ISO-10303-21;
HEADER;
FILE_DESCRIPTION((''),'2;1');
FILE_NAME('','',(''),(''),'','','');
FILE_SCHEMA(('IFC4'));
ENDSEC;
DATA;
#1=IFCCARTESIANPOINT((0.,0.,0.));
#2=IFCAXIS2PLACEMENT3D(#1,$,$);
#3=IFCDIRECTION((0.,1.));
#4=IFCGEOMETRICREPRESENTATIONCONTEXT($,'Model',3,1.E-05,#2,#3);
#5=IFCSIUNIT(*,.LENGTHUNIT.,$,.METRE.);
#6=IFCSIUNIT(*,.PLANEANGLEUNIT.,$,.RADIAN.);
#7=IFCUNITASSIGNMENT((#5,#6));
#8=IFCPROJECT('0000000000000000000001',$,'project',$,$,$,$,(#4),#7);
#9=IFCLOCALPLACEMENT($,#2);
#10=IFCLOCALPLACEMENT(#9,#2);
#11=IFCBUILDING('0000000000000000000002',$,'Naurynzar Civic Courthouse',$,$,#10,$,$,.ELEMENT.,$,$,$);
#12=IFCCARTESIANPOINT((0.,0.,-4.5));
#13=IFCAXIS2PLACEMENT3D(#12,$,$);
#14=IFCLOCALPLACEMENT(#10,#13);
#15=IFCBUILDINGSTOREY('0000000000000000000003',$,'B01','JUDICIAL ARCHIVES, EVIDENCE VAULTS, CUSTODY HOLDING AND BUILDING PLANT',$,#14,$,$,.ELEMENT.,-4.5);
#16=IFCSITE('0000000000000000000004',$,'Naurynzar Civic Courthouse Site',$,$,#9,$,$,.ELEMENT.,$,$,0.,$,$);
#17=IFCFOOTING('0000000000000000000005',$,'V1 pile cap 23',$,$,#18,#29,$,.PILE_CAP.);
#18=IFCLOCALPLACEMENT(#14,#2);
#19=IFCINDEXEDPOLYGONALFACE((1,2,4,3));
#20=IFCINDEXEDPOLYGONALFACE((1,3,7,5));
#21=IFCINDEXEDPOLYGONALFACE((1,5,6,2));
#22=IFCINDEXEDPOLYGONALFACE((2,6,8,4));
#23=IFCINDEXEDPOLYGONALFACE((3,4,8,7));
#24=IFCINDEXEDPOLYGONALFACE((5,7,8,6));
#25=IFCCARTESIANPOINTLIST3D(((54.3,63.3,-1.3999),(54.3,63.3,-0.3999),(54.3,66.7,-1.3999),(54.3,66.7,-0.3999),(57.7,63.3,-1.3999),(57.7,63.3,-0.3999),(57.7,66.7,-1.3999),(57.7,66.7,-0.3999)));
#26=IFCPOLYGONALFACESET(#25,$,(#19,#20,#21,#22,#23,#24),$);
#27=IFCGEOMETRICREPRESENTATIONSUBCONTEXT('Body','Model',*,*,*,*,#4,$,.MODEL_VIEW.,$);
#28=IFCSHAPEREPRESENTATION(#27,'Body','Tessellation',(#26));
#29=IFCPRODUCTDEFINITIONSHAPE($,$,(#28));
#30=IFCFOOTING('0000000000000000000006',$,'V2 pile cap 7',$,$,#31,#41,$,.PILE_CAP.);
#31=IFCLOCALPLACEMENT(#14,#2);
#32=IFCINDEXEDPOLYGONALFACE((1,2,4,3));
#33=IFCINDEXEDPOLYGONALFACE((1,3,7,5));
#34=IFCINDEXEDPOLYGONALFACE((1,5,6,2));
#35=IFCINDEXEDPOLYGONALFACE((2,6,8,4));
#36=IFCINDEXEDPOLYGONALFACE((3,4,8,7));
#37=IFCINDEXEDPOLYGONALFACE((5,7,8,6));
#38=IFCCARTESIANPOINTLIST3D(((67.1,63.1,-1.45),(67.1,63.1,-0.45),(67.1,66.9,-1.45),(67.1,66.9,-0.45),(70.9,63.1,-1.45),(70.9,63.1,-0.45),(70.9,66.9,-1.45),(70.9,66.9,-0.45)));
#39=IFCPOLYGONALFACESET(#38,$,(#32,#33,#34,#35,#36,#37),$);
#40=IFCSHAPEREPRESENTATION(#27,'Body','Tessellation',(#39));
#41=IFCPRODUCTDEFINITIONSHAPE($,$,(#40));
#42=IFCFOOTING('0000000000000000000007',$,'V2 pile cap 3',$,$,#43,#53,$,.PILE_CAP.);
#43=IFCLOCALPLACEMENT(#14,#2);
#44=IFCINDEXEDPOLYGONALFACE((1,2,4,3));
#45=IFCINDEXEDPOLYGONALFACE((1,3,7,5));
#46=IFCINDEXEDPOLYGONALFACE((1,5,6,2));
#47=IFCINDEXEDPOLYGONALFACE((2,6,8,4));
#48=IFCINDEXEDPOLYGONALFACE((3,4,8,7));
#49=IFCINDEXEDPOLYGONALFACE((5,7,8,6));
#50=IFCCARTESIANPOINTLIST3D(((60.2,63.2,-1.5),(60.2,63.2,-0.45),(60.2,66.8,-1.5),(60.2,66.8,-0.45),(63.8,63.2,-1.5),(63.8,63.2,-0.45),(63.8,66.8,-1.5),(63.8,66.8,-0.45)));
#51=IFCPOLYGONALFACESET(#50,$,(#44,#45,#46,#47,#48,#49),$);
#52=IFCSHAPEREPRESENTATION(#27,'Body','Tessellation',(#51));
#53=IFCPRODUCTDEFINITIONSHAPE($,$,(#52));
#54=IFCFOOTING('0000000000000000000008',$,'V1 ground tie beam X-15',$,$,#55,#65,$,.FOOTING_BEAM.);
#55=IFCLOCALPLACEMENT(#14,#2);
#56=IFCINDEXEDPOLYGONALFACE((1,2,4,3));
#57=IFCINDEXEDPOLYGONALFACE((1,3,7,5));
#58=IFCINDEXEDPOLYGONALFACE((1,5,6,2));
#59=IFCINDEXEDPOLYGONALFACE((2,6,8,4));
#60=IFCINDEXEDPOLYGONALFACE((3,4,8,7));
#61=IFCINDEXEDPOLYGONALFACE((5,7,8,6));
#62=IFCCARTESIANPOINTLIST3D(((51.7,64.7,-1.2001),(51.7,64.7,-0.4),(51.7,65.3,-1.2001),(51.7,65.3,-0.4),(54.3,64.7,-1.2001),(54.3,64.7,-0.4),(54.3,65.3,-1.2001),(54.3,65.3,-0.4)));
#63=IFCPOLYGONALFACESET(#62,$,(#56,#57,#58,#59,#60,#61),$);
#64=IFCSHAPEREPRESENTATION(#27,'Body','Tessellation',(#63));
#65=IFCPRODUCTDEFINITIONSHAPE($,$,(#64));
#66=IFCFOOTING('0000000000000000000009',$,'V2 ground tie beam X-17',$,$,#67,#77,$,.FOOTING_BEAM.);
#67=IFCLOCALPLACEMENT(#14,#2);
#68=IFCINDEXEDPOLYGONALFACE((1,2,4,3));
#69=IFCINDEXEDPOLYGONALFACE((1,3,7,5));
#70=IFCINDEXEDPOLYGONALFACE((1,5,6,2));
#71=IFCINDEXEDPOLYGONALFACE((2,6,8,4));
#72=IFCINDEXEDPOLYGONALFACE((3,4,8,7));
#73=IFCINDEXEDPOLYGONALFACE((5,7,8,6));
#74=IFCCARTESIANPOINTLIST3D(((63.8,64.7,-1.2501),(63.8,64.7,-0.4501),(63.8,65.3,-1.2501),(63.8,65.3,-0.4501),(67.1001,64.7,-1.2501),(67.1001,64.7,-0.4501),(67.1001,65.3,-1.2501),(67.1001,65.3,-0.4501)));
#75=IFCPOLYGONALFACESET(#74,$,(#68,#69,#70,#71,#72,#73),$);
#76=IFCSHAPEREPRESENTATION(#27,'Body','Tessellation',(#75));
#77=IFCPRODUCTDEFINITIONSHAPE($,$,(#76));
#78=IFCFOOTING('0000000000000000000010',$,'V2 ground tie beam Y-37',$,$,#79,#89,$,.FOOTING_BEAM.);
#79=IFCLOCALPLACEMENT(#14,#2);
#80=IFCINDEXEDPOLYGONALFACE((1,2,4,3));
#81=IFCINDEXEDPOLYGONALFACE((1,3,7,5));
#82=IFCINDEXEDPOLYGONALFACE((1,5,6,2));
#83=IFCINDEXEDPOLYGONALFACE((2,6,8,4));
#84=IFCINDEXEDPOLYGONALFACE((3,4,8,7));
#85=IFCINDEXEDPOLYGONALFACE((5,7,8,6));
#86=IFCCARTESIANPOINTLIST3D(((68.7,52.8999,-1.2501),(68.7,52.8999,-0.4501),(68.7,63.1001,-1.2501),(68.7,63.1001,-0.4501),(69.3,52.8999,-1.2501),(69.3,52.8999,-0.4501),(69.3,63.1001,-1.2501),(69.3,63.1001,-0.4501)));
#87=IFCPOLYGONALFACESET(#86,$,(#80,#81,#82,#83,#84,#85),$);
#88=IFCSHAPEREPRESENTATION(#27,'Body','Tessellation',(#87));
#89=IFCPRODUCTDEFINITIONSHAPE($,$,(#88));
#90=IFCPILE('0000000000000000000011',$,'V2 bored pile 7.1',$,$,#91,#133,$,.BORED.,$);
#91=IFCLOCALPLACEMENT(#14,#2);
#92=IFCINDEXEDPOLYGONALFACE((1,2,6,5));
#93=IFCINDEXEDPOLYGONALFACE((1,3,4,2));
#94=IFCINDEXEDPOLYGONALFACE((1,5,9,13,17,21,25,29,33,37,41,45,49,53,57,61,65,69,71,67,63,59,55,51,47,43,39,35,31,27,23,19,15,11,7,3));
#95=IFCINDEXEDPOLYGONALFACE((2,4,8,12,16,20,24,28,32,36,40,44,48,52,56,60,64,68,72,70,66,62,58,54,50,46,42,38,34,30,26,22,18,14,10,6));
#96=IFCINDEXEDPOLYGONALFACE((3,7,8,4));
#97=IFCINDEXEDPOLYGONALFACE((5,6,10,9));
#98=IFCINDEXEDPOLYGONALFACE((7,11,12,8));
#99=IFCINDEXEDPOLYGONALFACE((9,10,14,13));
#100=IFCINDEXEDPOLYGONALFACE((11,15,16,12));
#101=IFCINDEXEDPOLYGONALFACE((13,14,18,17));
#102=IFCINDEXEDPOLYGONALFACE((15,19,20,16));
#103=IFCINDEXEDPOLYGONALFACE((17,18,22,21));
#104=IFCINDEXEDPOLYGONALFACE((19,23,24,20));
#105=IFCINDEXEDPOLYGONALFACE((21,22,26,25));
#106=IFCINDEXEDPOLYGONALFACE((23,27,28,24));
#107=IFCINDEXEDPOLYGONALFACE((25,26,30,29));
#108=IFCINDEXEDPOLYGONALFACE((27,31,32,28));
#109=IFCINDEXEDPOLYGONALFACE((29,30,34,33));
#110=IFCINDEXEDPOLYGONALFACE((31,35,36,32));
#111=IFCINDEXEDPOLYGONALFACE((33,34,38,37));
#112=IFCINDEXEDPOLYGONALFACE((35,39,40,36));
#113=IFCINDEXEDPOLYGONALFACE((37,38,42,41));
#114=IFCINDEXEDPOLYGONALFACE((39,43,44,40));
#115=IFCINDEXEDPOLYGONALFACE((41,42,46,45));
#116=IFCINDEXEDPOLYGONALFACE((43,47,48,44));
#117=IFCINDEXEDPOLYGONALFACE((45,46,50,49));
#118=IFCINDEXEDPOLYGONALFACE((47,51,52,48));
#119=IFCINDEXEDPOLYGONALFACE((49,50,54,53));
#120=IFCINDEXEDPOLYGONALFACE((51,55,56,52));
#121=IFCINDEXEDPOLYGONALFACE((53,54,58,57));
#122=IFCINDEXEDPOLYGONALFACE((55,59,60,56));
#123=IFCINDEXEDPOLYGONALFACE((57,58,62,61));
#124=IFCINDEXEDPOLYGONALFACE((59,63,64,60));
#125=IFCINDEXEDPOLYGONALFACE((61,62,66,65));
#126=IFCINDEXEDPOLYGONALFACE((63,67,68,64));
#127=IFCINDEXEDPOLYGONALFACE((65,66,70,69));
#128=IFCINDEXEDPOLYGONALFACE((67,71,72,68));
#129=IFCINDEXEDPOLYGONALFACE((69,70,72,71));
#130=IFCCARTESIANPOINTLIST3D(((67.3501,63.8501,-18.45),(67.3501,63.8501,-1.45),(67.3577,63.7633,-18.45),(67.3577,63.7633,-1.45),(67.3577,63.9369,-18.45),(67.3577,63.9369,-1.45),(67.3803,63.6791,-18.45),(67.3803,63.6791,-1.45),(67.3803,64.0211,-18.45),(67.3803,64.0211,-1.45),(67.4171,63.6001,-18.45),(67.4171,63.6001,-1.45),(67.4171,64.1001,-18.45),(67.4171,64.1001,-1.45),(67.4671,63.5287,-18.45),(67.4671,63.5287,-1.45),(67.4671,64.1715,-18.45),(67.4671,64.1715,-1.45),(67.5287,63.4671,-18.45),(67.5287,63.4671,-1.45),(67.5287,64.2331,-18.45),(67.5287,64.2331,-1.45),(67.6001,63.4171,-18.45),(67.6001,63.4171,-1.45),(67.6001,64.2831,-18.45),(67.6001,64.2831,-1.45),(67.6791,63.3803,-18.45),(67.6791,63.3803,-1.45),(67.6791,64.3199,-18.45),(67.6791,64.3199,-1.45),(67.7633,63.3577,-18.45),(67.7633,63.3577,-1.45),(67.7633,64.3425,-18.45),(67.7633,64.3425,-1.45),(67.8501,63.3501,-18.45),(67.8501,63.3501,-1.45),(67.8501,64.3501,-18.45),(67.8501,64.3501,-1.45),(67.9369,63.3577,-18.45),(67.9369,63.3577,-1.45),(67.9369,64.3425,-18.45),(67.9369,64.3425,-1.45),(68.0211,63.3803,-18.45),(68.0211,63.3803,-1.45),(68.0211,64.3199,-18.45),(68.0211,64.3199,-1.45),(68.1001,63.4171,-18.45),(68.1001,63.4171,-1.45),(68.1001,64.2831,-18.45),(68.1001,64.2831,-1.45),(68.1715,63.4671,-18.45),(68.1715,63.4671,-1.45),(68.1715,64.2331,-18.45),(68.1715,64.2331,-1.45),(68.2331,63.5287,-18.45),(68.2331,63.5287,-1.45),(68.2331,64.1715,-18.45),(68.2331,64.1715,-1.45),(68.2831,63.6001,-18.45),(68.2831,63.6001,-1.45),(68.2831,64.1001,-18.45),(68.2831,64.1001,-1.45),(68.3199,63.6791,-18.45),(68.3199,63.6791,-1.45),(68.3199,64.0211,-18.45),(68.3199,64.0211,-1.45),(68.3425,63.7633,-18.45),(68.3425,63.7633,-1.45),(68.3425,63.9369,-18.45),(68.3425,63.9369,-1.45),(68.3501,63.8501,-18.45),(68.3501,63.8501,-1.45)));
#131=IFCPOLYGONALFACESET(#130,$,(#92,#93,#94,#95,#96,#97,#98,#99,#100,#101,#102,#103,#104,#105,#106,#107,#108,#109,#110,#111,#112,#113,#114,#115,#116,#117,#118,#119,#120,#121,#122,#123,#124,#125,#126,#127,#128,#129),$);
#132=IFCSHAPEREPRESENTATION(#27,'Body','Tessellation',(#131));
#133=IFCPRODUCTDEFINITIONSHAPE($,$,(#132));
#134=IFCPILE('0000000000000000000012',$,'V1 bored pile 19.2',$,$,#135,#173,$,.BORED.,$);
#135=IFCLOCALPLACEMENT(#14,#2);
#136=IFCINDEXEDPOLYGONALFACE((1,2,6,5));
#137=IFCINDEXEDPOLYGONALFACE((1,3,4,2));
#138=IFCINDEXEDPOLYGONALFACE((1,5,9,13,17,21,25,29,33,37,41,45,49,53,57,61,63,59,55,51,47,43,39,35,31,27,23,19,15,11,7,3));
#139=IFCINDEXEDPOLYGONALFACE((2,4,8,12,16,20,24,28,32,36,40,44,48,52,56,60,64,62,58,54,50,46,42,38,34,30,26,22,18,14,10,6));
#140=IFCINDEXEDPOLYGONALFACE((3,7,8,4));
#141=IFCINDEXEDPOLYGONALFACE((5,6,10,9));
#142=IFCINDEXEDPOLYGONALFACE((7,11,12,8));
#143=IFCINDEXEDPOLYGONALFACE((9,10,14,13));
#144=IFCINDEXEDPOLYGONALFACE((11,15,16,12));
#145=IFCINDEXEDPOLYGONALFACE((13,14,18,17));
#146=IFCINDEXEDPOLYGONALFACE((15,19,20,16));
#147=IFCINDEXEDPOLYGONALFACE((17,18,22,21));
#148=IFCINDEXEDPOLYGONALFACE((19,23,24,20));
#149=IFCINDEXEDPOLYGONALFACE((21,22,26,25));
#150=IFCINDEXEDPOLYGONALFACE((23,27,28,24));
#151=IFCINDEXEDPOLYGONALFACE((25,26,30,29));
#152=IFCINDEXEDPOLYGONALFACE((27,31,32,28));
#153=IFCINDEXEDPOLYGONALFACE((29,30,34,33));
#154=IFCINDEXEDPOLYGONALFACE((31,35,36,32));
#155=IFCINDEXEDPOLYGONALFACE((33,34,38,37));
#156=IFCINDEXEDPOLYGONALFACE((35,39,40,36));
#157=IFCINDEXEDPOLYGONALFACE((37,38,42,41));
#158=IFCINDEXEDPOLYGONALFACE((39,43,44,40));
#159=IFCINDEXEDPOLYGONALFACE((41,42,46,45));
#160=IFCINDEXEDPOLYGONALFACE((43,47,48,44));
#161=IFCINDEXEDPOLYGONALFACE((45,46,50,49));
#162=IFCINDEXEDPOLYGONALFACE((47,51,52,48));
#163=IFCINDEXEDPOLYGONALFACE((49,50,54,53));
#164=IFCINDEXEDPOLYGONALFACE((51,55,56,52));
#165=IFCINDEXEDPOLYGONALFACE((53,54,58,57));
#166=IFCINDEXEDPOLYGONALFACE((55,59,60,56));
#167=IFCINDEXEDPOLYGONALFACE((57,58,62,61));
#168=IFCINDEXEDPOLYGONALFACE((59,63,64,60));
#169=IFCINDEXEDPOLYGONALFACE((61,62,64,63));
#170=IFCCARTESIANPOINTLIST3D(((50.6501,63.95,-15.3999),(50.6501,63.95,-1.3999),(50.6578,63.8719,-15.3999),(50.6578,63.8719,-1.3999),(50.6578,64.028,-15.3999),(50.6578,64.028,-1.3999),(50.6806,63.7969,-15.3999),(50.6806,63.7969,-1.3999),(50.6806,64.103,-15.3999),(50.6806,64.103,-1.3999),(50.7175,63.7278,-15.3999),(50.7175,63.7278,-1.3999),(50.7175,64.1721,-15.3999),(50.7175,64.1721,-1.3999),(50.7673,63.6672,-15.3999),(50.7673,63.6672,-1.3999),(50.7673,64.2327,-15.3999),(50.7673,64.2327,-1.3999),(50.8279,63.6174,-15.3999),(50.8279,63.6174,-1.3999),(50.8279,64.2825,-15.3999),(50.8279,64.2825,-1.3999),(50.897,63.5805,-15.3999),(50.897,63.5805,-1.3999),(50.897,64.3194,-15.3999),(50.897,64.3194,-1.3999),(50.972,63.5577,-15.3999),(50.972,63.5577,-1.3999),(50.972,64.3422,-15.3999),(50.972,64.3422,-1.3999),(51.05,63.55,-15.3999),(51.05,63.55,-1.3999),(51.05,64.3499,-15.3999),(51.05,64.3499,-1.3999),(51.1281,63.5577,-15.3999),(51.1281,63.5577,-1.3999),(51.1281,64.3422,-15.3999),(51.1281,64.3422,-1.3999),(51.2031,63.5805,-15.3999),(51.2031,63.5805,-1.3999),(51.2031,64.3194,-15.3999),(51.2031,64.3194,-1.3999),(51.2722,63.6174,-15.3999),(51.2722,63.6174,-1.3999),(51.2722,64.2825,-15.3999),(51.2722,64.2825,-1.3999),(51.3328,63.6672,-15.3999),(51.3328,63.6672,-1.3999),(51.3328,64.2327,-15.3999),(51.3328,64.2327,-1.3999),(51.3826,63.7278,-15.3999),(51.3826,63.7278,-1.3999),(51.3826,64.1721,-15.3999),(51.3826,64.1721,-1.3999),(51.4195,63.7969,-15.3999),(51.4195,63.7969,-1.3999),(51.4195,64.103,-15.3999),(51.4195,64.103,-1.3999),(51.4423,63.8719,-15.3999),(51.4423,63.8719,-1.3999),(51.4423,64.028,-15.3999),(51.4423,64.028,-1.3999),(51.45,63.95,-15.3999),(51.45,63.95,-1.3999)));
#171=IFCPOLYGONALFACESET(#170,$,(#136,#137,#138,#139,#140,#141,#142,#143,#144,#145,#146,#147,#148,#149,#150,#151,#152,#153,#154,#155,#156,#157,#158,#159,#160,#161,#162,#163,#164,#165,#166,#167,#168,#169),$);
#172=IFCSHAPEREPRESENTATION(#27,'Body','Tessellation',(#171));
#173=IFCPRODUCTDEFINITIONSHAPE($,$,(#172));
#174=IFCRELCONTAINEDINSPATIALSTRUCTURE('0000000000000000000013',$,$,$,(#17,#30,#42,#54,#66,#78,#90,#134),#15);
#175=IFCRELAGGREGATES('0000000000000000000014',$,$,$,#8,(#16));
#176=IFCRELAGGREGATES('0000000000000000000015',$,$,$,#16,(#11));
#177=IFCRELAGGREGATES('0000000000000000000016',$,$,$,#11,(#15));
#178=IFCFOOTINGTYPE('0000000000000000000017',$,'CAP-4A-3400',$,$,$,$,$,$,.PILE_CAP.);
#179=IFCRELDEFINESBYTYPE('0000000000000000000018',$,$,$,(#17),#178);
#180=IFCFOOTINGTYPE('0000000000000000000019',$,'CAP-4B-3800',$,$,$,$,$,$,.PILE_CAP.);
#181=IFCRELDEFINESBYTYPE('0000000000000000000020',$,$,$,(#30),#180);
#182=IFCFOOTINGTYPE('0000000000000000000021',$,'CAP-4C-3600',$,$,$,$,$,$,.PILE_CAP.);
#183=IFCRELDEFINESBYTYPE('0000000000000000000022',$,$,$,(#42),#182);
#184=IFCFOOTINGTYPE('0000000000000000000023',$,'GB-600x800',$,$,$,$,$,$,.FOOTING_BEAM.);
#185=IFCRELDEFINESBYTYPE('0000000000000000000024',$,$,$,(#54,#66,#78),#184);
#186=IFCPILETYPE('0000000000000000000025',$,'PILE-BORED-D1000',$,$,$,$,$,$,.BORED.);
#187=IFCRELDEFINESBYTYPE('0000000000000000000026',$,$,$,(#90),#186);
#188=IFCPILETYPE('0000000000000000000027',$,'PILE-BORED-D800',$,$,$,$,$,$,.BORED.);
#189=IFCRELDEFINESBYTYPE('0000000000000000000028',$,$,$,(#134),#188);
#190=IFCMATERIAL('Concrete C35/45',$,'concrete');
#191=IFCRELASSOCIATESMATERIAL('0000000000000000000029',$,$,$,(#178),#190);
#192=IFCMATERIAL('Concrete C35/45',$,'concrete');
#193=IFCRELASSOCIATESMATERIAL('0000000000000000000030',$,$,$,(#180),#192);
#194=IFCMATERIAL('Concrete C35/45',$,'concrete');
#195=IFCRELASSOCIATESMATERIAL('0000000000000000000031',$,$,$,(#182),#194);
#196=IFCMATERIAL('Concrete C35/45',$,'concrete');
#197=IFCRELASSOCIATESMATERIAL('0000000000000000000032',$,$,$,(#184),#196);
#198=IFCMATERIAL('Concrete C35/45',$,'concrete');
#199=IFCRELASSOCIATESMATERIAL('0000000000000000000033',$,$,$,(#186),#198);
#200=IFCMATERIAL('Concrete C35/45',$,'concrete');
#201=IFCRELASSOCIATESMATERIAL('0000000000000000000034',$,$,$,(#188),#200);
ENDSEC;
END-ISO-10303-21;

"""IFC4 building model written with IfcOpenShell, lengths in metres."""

from ifc_helpers import new_model, si_unit, direction, frame, origin, origin_2d, place, context, subcontext, project, spatial, rectangle, circle, extrude, material, material_profile, profile_set, type_object, element, save


model = new_model("IFC4")

# Units and contexts
model_context = context("Model", 3, precision=1e-05, world=origin(), true_north=direction((0.0, 1.0)))
body_context = subcontext(model_context, "Body", "Model", "MODEL_VIEW")
ifc_project = project(units=[si_unit("LENGTHUNIT", "METRE"), si_unit("PLANEANGLEUNIT", "RADIAN")], contexts=[model_context])

# Site, building, storey
site_placement = place(None, origin())
site = spatial("IfcSite", under=ifc_project, at=site_placement, Name="Naurynzar Civic Courthouse Site", CompositionType="ELEMENT", RefElevation=0.0)
building_placement = place(site_placement, origin())
building = spatial("IfcBuilding", under=site, at=building_placement, Name="Naurynzar Civic Courthouse", CompositionType="ELEMENT")
storey_placement = place(building_placement, frame((0.0, 0.0, -4.5)))
storey = spatial("IfcBuildingStorey", under=building, at=storey_placement, Name="B01", Description="JUDICIAL ARCHIVES, EVIDENCE VAULTS, CUSTODY HOLDING AND BUILDING PLANT", CompositionType="ELEMENT", Elevation=-4.5)

# Footings
ifc_material_1 = material(Name="Concrete C35/45", Category="concrete")
footing_type_1 = type_object("IfcFootingType", Name="CAP-4A-3400", PredefinedType="PILE_CAP", material=ifc_material_1)
footing_1_placement = place(storey_placement, frame((56.0, 65.0, -1.3999), z_axis=(0.0, 0.0, 1.0), x_axis=(1.0, 0.0, 0.0)))
element("IfcFooting", 1, at=footing_1_placement, inside=storey, type_object=footing_type_1, Name="V1 pile cap 23", PredefinedType="PILE_CAP", context=body_context, shape_type="SweptSolid", body=[
    extrude(rectangle(XDim=3.3999, YDim=3.3999, at=origin_2d()), origin(), (0.0, 0.0, 1.0), 1.0),
])
ifc_material_2 = material(Name="Concrete C35/45", Category="concrete")
footing_type_2 = type_object("IfcFootingType", Name="CAP-4B-3800", PredefinedType="PILE_CAP", material=ifc_material_2)
footing_2_placement = place(storey_placement, frame((69.0, 65.0, -1.45), z_axis=(0.0, 0.0, 1.0), x_axis=(1.0, 0.0, 0.0)))
element("IfcFooting", 2, at=footing_2_placement, inside=storey, type_object=footing_type_2, Name="V2 pile cap 7", PredefinedType="PILE_CAP", context=body_context, shape_type="SweptSolid", body=[
    extrude(rectangle(XDim=3.8, YDim=3.8, at=origin_2d()), origin(), (0.0, 0.0, 1.0), 1.0),
])
ifc_material_3 = material(Name="Concrete C35/45", Category="concrete")
footing_type_3 = type_object("IfcFootingType", Name="CAP-4C-3600", PredefinedType="PILE_CAP", material=ifc_material_3)
footing_3_placement = place(storey_placement, frame((62.0, 65.0, -1.5), z_axis=(0.0, 0.0, 1.0), x_axis=(1.0, 0.0, 0.0)))
element("IfcFooting", 3, at=footing_3_placement, inside=storey, type_object=footing_type_3, Name="V2 pile cap 3", PredefinedType="PILE_CAP", context=body_context, shape_type="SweptSolid", body=[
    extrude(rectangle(XDim=3.6001, YDim=3.6001, at=origin_2d()), origin(), (0.0, 0.0, 1.0), 1.05),
])
ifc_material_4 = material(Name="Concrete C35/45", Category="concrete")
ifc_material_profile_1 = material_profile(ifc_material_4, rectangle(XDim=0.6001, YDim=0.8, at=origin_2d()), Name="GB 600x800")
ifc_profile_set_1 = profile_set([ifc_material_profile_1], Name="Concrete C35/45")
footing_type_4 = type_object("IfcFootingType", Name="GB-600x800", PredefinedType="FOOTING_BEAM", material=ifc_profile_set_1)
footing_4_placement = place(storey_placement, frame((51.7, 65.0, -0.8), z_axis=(1.0, 0.0, 0.0), x_axis=(0.0, 1.0, 0.0)))
element("IfcFooting", 4, at=footing_4_placement, inside=storey, type_object=footing_type_4, Name="V1 ground tie beam X-15", PredefinedType="FOOTING_BEAM", context=body_context, shape_type="SweptSolid", body=[
    extrude(rectangle(XDim=0.6001, YDim=0.8, at=origin_2d()), origin(), (0.0, 0.0, 1.0), 2.6001),
])
footing_5_placement = place(storey_placement, frame((63.8, 65.0, -0.8501), z_axis=(1.0, 0.0, 0.0), x_axis=(0.0, 1.0, 0.0)))
element("IfcFooting", 5, at=footing_5_placement, inside=storey, type_object=footing_type_4, Name="V2 ground tie beam X-17", PredefinedType="FOOTING_BEAM", context=body_context, shape_type="SweptSolid", body=[
    extrude(rectangle(XDim=0.6001, YDim=0.8, at=origin_2d()), origin(), (0.0, 0.0, 1.0), 3.3),
])
footing_6_placement = place(storey_placement, frame((69.0, 52.8999, -0.8501), z_axis=(0.0, 1.0, 0.0), x_axis=(-1.0, 0.0, 0.0)))
element("IfcFooting", 6, at=footing_6_placement, inside=storey, type_object=footing_type_4, Name="V2 ground tie beam Y-37", PredefinedType="FOOTING_BEAM", context=body_context, shape_type="SweptSolid", body=[
    extrude(rectangle(XDim=0.6001, YDim=0.8, at=origin_2d()), origin(), (0.0, 0.0, 1.0), 10.2002),
])

# Piles
ifc_material_5 = material(Name="Concrete C35/45", Category="concrete")
ifc_material_profile_2 = material_profile(ifc_material_5, circle(Radius=0.5, at=origin_2d()), Name="PILE D1000")
ifc_profile_set_2 = profile_set([ifc_material_profile_2], Name="Concrete C35/45")
pile_type_1 = type_object("IfcPileType", Name="PILE-BORED-D1000", PredefinedType="BORED", material=ifc_profile_set_2)
pile_placement = place(storey_placement, frame((67.8501, 63.8501, -1.45), z_axis=(0.0, 0.0, -1.0), x_axis=(1.0, 0.0, 0.0)))
element("IfcPile", 7, at=pile_placement, inside=storey, type_object=pile_type_1, Name="V2 bored pile 7.1", PredefinedType="BORED", context=body_context, shape_type="SweptSolid", body=[
    extrude(circle(Radius=0.5, at=origin_2d()), origin(), (0.0, 0.0, 1.0), 17.0),
])
ifc_material_6 = material(Name="Concrete C35/45", Category="concrete")
ifc_material_profile_3 = material_profile(ifc_material_6, circle(Radius=0.3999, at=origin_2d()), Name="PILE D800")
ifc_profile_set_3 = profile_set([ifc_material_profile_3], Name="Concrete C35/45")
pile_type_2 = type_object("IfcPileType", Name="PILE-BORED-D800", PredefinedType="BORED", material=ifc_profile_set_3)
for number, where, z_axis, x_axis, name in (
    (8, (51.05, 63.95, -1.3999), (0.0, 0.0, -1.0), (1.0, 0.0, 0.0), "V1 bored pile 19.2"),
):
    element("IfcPile", number, at=place(storey_placement, frame(where, z_axis=z_axis, x_axis=x_axis)), inside=storey, type_object=pile_type_2, Name=name, PredefinedType="BORED", context=body_context, shape_type="SweptSolid", body=[
        extrude(circle(Radius=0.3999, at=origin_2d()), origin(), (0.0, 0.0, 1.0), 14.0),
    ])

save(model, "model.ifc")
